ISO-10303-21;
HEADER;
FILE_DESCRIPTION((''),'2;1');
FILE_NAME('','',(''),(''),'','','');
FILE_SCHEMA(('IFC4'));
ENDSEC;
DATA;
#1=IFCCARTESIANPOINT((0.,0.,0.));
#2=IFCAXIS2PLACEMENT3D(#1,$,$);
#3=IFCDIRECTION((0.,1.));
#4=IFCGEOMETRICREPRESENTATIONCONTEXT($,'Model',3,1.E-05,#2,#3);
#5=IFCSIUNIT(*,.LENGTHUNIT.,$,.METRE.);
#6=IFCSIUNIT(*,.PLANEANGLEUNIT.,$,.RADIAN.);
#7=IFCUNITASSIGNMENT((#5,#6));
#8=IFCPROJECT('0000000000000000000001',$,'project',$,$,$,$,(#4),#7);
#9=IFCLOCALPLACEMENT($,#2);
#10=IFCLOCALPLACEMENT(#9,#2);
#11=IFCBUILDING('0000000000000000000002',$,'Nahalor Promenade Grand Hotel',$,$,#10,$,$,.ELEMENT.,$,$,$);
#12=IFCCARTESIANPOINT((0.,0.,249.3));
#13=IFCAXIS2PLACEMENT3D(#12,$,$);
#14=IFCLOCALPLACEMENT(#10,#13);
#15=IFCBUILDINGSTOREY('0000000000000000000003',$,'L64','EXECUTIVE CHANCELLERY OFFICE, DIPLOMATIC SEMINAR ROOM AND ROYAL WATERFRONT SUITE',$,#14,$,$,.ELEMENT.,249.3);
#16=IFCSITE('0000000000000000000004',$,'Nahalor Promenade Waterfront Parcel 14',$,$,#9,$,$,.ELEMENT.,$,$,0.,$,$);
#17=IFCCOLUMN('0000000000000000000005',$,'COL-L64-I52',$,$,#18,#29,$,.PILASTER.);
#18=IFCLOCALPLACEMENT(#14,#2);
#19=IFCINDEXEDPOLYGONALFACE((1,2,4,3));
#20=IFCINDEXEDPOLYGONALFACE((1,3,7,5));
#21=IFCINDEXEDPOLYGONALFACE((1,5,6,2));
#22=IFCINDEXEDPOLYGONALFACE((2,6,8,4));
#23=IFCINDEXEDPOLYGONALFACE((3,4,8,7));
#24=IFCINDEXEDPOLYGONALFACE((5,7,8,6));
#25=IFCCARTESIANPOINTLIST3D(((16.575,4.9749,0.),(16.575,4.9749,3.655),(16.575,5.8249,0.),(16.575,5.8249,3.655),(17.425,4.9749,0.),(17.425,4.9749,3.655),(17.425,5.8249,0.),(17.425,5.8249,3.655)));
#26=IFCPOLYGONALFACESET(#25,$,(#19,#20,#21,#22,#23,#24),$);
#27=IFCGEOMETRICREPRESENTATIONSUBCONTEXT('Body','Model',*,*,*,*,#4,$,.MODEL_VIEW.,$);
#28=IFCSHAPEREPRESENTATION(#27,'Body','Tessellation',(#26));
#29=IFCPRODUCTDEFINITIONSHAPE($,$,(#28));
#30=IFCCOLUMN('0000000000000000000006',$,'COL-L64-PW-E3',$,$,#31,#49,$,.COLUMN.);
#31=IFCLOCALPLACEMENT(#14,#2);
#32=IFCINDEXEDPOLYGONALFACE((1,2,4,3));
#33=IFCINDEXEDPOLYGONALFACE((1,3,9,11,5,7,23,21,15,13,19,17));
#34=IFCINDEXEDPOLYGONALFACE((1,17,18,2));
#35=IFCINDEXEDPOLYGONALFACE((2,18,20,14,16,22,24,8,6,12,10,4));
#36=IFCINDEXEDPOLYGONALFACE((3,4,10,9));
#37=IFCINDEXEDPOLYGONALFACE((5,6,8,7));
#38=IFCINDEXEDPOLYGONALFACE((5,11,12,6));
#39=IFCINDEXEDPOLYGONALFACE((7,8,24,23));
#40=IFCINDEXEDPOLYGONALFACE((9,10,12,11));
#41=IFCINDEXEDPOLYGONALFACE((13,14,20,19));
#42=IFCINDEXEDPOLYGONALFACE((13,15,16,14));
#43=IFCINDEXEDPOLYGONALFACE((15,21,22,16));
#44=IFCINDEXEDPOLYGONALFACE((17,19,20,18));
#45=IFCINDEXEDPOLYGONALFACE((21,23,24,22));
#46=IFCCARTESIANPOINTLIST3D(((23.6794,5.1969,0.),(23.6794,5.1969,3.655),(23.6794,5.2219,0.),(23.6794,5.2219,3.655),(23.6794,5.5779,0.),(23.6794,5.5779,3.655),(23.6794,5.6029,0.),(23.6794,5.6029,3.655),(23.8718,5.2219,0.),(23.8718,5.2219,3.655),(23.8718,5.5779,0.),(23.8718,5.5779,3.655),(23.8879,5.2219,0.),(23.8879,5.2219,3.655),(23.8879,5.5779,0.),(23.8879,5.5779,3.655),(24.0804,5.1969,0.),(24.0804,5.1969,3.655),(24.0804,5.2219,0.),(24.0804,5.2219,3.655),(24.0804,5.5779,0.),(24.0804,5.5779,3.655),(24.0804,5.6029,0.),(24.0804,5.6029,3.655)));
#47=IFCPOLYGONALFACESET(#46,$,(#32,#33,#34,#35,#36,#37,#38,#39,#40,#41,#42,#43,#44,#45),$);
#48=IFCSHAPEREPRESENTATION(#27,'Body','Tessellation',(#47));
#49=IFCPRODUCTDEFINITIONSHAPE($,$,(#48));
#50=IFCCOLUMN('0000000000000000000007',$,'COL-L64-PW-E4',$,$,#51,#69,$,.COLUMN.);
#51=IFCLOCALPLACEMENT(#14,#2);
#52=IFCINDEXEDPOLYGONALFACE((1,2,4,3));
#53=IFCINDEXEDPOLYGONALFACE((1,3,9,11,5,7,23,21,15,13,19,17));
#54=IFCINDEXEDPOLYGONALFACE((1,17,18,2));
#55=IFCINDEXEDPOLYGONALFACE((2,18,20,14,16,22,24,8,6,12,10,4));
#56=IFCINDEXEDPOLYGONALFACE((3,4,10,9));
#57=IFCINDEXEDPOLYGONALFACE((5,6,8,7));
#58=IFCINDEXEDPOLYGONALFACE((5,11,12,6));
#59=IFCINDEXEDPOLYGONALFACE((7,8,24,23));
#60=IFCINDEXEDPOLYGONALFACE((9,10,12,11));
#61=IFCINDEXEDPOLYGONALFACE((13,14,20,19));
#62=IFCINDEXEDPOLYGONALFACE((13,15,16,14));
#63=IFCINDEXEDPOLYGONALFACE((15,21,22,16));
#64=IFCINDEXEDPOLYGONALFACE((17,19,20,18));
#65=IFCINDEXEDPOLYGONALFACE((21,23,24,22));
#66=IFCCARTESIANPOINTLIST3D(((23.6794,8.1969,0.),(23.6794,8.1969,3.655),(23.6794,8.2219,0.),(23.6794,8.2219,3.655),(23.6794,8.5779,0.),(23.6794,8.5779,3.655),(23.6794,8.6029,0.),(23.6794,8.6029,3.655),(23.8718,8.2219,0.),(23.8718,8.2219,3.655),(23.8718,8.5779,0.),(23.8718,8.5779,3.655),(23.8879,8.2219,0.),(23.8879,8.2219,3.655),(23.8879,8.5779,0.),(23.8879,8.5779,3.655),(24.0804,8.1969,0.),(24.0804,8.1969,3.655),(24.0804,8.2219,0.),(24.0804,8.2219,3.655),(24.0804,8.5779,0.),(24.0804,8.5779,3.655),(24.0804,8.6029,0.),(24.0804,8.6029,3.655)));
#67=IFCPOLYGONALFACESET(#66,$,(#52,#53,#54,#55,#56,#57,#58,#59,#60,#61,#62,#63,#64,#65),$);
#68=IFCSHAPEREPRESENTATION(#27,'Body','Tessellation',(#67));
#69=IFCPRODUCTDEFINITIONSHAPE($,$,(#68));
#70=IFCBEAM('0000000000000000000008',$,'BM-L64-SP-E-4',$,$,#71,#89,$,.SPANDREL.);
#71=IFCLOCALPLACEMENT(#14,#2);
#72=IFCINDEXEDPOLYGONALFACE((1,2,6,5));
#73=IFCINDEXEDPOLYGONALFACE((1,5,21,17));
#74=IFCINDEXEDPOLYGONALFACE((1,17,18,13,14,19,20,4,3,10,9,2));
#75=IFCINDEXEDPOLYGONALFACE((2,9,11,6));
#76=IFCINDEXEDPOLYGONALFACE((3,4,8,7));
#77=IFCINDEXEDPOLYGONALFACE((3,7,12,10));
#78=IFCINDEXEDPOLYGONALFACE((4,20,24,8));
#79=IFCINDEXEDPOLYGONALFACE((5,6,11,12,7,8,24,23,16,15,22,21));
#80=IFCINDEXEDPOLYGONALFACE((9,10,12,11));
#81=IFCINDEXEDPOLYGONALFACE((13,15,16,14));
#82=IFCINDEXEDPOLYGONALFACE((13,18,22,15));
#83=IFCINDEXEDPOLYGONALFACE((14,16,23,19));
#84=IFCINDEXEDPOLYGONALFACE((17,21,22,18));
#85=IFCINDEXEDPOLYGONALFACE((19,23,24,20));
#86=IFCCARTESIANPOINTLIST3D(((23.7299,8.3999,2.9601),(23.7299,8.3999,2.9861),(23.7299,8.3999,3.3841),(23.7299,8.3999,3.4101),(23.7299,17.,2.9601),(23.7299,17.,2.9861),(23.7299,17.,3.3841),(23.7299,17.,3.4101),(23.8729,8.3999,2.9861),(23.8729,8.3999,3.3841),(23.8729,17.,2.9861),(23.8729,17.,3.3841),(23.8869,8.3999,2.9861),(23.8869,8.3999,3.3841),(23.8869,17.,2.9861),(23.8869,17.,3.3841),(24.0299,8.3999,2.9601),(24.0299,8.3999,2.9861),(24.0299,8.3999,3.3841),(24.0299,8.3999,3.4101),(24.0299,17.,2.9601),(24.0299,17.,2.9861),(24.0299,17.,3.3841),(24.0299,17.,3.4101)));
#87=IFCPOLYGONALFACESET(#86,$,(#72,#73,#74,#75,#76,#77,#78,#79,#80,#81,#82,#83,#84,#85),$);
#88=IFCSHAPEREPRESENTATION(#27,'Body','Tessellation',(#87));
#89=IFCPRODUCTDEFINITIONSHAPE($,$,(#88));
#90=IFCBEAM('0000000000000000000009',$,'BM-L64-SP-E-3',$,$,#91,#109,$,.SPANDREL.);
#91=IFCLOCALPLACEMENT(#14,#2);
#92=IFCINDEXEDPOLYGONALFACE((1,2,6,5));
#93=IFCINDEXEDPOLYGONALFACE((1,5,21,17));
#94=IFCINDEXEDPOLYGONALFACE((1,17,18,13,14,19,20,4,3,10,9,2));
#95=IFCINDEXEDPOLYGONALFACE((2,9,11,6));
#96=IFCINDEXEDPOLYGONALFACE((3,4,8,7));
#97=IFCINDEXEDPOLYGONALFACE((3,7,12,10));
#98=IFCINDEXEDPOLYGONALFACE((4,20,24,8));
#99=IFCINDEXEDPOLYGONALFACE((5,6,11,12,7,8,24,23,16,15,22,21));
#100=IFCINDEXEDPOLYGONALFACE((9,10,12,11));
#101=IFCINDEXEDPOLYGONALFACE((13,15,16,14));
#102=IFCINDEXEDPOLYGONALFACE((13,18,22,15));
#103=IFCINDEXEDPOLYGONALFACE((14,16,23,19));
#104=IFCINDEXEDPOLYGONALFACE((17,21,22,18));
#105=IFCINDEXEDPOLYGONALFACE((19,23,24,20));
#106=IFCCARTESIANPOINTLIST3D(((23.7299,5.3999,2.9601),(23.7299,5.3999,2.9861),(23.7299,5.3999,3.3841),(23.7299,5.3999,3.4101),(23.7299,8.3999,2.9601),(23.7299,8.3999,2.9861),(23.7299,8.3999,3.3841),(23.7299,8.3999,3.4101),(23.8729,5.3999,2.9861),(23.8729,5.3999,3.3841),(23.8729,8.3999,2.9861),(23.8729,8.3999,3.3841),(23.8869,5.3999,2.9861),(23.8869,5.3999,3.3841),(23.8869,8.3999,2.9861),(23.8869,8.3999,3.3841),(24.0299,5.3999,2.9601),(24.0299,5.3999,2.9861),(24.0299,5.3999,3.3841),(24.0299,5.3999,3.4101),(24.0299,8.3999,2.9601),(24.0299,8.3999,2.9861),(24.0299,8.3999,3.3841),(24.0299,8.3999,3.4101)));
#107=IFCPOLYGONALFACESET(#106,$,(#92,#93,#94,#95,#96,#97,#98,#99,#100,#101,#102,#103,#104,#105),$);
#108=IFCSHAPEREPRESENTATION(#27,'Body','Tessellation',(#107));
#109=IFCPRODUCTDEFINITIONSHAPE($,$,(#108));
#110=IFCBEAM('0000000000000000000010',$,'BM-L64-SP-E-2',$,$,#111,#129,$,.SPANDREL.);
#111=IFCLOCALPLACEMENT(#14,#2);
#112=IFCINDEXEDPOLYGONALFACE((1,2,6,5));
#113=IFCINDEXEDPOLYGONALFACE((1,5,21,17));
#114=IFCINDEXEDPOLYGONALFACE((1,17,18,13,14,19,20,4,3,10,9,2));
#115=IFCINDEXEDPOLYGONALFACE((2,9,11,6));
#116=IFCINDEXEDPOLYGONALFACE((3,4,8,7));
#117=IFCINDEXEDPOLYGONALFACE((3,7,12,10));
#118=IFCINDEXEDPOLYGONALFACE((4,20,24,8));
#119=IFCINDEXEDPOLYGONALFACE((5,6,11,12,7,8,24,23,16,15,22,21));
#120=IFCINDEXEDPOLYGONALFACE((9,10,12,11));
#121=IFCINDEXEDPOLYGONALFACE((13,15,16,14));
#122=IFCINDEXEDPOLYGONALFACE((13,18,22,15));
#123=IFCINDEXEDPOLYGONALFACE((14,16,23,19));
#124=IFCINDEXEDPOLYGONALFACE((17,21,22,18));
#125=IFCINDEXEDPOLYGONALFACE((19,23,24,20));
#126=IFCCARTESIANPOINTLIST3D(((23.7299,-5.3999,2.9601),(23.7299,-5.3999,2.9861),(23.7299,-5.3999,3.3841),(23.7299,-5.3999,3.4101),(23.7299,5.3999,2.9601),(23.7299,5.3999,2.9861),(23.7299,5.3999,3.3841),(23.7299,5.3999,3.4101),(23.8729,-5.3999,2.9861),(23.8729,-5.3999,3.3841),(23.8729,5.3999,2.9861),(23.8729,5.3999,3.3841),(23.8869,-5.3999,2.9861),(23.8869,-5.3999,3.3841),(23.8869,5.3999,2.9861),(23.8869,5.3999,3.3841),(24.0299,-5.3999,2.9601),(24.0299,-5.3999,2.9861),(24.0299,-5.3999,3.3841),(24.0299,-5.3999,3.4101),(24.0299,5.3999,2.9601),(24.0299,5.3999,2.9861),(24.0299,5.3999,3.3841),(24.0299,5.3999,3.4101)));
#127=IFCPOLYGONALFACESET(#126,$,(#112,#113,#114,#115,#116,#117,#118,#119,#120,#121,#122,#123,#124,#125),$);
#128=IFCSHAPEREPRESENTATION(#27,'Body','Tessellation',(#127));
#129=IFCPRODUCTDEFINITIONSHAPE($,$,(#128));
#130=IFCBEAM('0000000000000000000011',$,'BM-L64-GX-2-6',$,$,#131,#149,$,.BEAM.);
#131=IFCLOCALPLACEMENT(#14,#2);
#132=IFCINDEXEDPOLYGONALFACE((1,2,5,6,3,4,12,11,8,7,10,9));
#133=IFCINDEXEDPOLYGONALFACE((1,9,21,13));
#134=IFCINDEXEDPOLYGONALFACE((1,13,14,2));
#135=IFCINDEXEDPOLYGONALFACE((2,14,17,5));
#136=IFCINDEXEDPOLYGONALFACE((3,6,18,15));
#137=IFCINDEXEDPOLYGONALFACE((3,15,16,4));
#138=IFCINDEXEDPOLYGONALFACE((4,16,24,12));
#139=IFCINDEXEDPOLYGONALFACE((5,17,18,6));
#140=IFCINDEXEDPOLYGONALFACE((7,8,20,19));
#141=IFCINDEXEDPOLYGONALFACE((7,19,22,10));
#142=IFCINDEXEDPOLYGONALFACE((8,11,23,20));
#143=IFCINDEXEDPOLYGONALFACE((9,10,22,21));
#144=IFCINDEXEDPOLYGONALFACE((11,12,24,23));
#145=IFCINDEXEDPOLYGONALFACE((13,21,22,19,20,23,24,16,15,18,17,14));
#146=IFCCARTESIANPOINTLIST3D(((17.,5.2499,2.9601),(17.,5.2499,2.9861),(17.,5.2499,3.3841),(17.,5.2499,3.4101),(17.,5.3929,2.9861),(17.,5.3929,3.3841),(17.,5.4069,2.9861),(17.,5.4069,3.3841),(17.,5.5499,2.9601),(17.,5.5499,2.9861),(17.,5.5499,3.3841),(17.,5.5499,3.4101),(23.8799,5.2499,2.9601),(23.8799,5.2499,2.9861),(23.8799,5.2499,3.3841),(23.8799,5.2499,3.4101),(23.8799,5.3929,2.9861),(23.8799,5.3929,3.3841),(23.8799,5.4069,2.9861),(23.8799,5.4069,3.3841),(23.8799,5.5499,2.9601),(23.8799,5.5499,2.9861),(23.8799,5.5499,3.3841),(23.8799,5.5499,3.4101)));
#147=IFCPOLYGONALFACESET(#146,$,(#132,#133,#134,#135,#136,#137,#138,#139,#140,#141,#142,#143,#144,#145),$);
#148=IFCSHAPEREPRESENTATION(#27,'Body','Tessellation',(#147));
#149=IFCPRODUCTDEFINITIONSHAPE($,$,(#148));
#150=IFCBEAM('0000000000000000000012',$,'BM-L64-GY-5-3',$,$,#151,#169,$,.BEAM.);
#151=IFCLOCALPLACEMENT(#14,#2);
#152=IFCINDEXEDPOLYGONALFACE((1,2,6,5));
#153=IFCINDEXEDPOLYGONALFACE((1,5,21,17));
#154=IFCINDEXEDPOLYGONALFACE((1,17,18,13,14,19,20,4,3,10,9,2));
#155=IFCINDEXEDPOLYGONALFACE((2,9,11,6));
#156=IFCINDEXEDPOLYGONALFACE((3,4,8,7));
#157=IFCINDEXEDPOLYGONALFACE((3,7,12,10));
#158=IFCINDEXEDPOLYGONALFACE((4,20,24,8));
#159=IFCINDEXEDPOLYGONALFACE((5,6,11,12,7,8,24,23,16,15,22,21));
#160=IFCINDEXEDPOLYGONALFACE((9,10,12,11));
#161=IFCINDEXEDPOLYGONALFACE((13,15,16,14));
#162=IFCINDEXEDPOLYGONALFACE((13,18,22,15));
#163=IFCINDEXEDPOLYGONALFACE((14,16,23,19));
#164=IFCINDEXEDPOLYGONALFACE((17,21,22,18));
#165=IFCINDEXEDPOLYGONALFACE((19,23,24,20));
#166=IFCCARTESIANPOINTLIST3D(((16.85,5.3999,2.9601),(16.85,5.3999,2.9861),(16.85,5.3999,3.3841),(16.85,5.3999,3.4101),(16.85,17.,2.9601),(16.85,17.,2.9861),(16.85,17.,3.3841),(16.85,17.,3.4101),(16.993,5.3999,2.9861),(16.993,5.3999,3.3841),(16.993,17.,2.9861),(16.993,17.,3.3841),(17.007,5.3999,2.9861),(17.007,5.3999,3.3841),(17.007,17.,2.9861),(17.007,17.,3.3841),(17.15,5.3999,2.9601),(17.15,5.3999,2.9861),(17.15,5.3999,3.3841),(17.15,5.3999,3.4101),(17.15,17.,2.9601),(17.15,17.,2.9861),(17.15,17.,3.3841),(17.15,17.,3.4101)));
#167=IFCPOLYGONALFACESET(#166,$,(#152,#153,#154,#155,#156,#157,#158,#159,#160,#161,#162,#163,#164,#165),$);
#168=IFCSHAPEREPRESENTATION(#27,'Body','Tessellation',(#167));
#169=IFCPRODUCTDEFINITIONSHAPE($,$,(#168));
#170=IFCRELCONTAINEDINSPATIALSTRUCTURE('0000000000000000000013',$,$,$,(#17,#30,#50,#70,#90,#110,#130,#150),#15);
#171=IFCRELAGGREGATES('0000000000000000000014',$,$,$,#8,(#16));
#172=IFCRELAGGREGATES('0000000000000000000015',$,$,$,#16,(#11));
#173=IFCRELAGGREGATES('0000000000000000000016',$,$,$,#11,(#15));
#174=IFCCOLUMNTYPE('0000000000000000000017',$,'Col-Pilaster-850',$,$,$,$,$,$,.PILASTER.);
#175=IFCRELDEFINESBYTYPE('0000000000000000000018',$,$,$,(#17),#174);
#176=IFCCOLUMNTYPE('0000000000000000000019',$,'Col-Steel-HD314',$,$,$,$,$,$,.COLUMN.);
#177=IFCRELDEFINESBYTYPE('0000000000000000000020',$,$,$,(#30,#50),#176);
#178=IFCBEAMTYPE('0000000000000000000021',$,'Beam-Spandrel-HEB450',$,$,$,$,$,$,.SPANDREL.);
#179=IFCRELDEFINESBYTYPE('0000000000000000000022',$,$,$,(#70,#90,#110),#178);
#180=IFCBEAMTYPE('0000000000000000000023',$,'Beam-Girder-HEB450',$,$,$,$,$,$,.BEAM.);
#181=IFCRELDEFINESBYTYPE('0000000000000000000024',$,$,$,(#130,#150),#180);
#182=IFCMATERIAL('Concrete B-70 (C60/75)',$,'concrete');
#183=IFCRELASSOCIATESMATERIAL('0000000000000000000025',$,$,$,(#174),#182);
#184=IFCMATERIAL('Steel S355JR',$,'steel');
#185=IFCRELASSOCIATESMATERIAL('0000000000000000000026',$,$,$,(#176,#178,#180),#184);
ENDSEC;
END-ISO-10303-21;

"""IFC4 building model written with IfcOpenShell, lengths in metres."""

from ifc_helpers import new_model, si_unit, direction, frame, origin, origin_2d, place, context, subcontext, project, spatial, rectangle, i_section, extrude, source, transform, mapped, material, material_profile, profile_set, type_object, element, save


model = new_model("IFC4")

# Units and contexts
model_context = context("Model", 3, precision=1e-05, world=origin(), true_north=direction((0.0, 1.0)))
body_context = subcontext(model_context, "Body", "Model", "MODEL_VIEW")
ifc_project = project(units=[si_unit("LENGTHUNIT", "METRE"), si_unit("PLANEANGLEUNIT", "RADIAN")], contexts=[model_context])

# Site, building, storey
site_placement = place(None, origin())
site = spatial("IfcSite", under=ifc_project, at=site_placement, Name="Nahalor Promenade Waterfront Parcel 14", CompositionType="ELEMENT", RefElevation=0.0)
building_placement = place(site_placement, origin())
building = spatial("IfcBuilding", under=site, at=building_placement, Name="Nahalor Promenade Grand Hotel", CompositionType="ELEMENT")
storey_placement = place(building_placement, frame((0.0, 0.0, 249.3)))
storey = spatial("IfcBuildingStorey", under=building, at=storey_placement, Name="L64", Description="EXECUTIVE CHANCELLERY OFFICE, DIPLOMATIC SEMINAR ROOM AND ROYAL WATERFRONT SUITE", CompositionType="ELEMENT", Elevation=249.3)

# Columns
ifc_material_1 = material(Name="Concrete B-70 (C60/75)", Category="concrete")
ifc_material_profile_1 = material_profile(ifc_material_1, rectangle(XDim=0.85, YDim=0.85, at=origin_2d()), Name="RC 850x850")
ifc_profile_set_1 = profile_set([ifc_material_profile_1], Name="Concrete B-70 (C60/75)")
column_type_1 = type_object("IfcColumnType", Name="Col-Pilaster-850", PredefinedType="PILASTER", material=ifc_profile_set_1)
shared_shape_1 = source(origin(), body_context, "Body", "SweptSolid", [
    extrude(rectangle(XDim=0.85, YDim=0.85, at=origin_2d()), origin(), (0.0, 0.0, 1.0), 3.655),
])
column_placement = place(storey_placement, frame((17.0, 5.3999, 0.0), z_axis=(0.0, 0.0, 1.0), x_axis=(1.0, 0.0, 0.0)))
element("IfcColumn", 1, at=column_placement, inside=storey, type_object=column_type_1, Name="COL-L64-I52", PredefinedType="PILASTER", context=body_context, shape_type="MappedRepresentation", body=[
    mapped(shared_shape_1, transform((0.0, 0.0, 0.0), scale=1.0)),
])
ifc_material_2 = material(Name="Steel S355JR", Category="steel")
ifc_material_profile_2 = material_profile(ifc_material_2, i_section(OverallWidth=0.401, OverallDepth=0.406, WebThickness=0.0161, FlangeThickness=0.025, at=origin_2d()), Name="HD 400x314")
ifc_profile_set_2 = profile_set([ifc_material_profile_2], Name="Steel S355JR")
column_type_2 = type_object("IfcColumnType", Name="Col-Steel-HD314", PredefinedType="COLUMN", material=ifc_profile_set_2)
shared_shape_2 = source(origin(), body_context, "Body", "SweptSolid", [
    extrude(i_section(OverallWidth=0.401, OverallDepth=0.406, WebThickness=0.0161, FlangeThickness=0.025, at=origin_2d()), origin(), (0.0, 0.0, 1.0), 3.655),
])
for number, where, z_axis, x_axis, name in (
    (2, (23.8799, 5.3999, 0.0), (0.0, 0.0, 1.0), (1.0, 0.0, 0.0), "COL-L64-PW-E3"),
    (3, (23.8799, 8.3999, 0.0), (0.0, 0.0, 1.0), (1.0, 0.0, 0.0), "COL-L64-PW-E4"),
):
    element("IfcColumn", number, at=place(storey_placement, frame(where, z_axis=z_axis, x_axis=x_axis)), inside=storey, type_object=column_type_2, Name=name, PredefinedType="COLUMN", context=body_context, shape_type="MappedRepresentation", body=[
        mapped(shared_shape_2, transform((0.0, 0.0, 0.0), scale=1.0)),
    ])

# Beams
ifc_material_profile_3 = material_profile(ifc_material_2, i_section(OverallWidth=0.3, OverallDepth=0.45, WebThickness=0.014, FlangeThickness=0.026, at=origin_2d()), Name="HEB 450")
ifc_profile_set_3 = profile_set([ifc_material_profile_3], Name="Steel S355JR")
beam_type_1 = type_object("IfcBeamType", Name="Beam-Spandrel-HEB450", PredefinedType="SPANDREL", material=ifc_profile_set_3)
shared_shape_3 = source(origin(), body_context, "Body", "SweptSolid", [
    extrude(i_section(OverallWidth=0.3, OverallDepth=0.45, WebThickness=0.014, FlangeThickness=0.026, at=origin_2d()), origin(), (0.0, 0.0, 1.0), 8.6001),
])
beam_1_placement = place(storey_placement, frame((23.8799, 8.3999, 3.1851), z_axis=(0.0, 1.0, 0.0), x_axis=(-1.0, 0.0, 0.0)))
element("IfcBeam", 4, at=beam_1_placement, inside=storey, type_object=beam_type_1, Name="BM-L64-SP-E-4", PredefinedType="SPANDREL", context=body_context, shape_type="MappedRepresentation", body=[
    mapped(shared_shape_3, transform((0.0, 0.0, 0.0), scale=1.0)),
])
shared_shape_4 = source(origin(), body_context, "Body", "SweptSolid", [
    extrude(i_section(OverallWidth=0.3, OverallDepth=0.45, WebThickness=0.014, FlangeThickness=0.026, at=origin_2d()), origin(), (0.0, 0.0, 1.0), 3.0),
])
beam_2_placement = place(storey_placement, frame((23.8799, 5.3999, 3.1851), z_axis=(0.0, 1.0, 0.0), x_axis=(-1.0, 0.0, 0.0)))
element("IfcBeam", 5, at=beam_2_placement, inside=storey, type_object=beam_type_1, Name="BM-L64-SP-E-3", PredefinedType="SPANDREL", context=body_context, shape_type="MappedRepresentation", body=[
    mapped(shared_shape_4, transform((0.0, 0.0, 0.0), scale=1.0)),
])
shared_shape_5 = source(origin(), body_context, "Body", "SweptSolid", [
    extrude(i_section(OverallWidth=0.3, OverallDepth=0.45, WebThickness=0.014, FlangeThickness=0.026, at=origin_2d()), origin(), (0.0, 0.0, 1.0), 10.7998),
])
beam_3_placement = place(storey_placement, frame((23.8799, -5.3999, 3.1851), z_axis=(0.0, 1.0, 0.0), x_axis=(-1.0, 0.0, 0.0)))
element("IfcBeam", 6, at=beam_3_placement, inside=storey, type_object=beam_type_1, Name="BM-L64-SP-E-2", PredefinedType="SPANDREL", context=body_context, shape_type="MappedRepresentation", body=[
    mapped(shared_shape_5, transform((0.0, 0.0, 0.0), scale=1.0)),
])
ifc_material_profile_4 = material_profile(ifc_material_2, i_section(OverallWidth=0.3, OverallDepth=0.45, WebThickness=0.014, FlangeThickness=0.026, at=origin_2d()), Name="HEB 450")
ifc_profile_set_4 = profile_set([ifc_material_profile_4], Name="Steel S355JR")
beam_type_2 = type_object("IfcBeamType", Name="Beam-Girder-HEB450", PredefinedType="BEAM", material=ifc_profile_set_4)
shared_shape_6 = source(origin(), body_context, "Body", "SweptSolid", [
    extrude(i_section(OverallWidth=0.3, OverallDepth=0.45, WebThickness=0.014, FlangeThickness=0.026, at=origin_2d()), origin(), (0.0, 0.0, 1.0), 6.8799),
])
beam_4_placement = place(storey_placement, frame((17.0, 5.3999, 3.1851), z_axis=(1.0, 0.0, 0.0), x_axis=(0.0, 1.0, 0.0)))
element("IfcBeam", 7, at=beam_4_placement, inside=storey, type_object=beam_type_2, Name="BM-L64-GX-2-6", PredefinedType="BEAM", context=body_context, shape_type="MappedRepresentation", body=[
    mapped(shared_shape_6, transform((0.0, 0.0, 0.0), scale=1.0)),
])
shared_shape_7 = source(origin(), body_context, "Body", "SweptSolid", [
    extrude(i_section(OverallWidth=0.3, OverallDepth=0.45, WebThickness=0.014, FlangeThickness=0.026, at=origin_2d()), origin(), (0.0, 0.0, 1.0), 11.6001),
])
beam_5_placement = place(storey_placement, frame((17.0, 5.3999, 3.1851), z_axis=(0.0, 1.0, 0.0), x_axis=(-1.0, 0.0, 0.0)))
element("IfcBeam", 8, at=beam_5_placement, inside=storey, type_object=beam_type_2, Name="BM-L64-GY-5-3", PredefinedType="BEAM", context=body_context, shape_type="MappedRepresentation", body=[
    mapped(shared_shape_7, transform((0.0, 0.0, 0.0), scale=1.0)),
])

save(model, "model.ifc")
